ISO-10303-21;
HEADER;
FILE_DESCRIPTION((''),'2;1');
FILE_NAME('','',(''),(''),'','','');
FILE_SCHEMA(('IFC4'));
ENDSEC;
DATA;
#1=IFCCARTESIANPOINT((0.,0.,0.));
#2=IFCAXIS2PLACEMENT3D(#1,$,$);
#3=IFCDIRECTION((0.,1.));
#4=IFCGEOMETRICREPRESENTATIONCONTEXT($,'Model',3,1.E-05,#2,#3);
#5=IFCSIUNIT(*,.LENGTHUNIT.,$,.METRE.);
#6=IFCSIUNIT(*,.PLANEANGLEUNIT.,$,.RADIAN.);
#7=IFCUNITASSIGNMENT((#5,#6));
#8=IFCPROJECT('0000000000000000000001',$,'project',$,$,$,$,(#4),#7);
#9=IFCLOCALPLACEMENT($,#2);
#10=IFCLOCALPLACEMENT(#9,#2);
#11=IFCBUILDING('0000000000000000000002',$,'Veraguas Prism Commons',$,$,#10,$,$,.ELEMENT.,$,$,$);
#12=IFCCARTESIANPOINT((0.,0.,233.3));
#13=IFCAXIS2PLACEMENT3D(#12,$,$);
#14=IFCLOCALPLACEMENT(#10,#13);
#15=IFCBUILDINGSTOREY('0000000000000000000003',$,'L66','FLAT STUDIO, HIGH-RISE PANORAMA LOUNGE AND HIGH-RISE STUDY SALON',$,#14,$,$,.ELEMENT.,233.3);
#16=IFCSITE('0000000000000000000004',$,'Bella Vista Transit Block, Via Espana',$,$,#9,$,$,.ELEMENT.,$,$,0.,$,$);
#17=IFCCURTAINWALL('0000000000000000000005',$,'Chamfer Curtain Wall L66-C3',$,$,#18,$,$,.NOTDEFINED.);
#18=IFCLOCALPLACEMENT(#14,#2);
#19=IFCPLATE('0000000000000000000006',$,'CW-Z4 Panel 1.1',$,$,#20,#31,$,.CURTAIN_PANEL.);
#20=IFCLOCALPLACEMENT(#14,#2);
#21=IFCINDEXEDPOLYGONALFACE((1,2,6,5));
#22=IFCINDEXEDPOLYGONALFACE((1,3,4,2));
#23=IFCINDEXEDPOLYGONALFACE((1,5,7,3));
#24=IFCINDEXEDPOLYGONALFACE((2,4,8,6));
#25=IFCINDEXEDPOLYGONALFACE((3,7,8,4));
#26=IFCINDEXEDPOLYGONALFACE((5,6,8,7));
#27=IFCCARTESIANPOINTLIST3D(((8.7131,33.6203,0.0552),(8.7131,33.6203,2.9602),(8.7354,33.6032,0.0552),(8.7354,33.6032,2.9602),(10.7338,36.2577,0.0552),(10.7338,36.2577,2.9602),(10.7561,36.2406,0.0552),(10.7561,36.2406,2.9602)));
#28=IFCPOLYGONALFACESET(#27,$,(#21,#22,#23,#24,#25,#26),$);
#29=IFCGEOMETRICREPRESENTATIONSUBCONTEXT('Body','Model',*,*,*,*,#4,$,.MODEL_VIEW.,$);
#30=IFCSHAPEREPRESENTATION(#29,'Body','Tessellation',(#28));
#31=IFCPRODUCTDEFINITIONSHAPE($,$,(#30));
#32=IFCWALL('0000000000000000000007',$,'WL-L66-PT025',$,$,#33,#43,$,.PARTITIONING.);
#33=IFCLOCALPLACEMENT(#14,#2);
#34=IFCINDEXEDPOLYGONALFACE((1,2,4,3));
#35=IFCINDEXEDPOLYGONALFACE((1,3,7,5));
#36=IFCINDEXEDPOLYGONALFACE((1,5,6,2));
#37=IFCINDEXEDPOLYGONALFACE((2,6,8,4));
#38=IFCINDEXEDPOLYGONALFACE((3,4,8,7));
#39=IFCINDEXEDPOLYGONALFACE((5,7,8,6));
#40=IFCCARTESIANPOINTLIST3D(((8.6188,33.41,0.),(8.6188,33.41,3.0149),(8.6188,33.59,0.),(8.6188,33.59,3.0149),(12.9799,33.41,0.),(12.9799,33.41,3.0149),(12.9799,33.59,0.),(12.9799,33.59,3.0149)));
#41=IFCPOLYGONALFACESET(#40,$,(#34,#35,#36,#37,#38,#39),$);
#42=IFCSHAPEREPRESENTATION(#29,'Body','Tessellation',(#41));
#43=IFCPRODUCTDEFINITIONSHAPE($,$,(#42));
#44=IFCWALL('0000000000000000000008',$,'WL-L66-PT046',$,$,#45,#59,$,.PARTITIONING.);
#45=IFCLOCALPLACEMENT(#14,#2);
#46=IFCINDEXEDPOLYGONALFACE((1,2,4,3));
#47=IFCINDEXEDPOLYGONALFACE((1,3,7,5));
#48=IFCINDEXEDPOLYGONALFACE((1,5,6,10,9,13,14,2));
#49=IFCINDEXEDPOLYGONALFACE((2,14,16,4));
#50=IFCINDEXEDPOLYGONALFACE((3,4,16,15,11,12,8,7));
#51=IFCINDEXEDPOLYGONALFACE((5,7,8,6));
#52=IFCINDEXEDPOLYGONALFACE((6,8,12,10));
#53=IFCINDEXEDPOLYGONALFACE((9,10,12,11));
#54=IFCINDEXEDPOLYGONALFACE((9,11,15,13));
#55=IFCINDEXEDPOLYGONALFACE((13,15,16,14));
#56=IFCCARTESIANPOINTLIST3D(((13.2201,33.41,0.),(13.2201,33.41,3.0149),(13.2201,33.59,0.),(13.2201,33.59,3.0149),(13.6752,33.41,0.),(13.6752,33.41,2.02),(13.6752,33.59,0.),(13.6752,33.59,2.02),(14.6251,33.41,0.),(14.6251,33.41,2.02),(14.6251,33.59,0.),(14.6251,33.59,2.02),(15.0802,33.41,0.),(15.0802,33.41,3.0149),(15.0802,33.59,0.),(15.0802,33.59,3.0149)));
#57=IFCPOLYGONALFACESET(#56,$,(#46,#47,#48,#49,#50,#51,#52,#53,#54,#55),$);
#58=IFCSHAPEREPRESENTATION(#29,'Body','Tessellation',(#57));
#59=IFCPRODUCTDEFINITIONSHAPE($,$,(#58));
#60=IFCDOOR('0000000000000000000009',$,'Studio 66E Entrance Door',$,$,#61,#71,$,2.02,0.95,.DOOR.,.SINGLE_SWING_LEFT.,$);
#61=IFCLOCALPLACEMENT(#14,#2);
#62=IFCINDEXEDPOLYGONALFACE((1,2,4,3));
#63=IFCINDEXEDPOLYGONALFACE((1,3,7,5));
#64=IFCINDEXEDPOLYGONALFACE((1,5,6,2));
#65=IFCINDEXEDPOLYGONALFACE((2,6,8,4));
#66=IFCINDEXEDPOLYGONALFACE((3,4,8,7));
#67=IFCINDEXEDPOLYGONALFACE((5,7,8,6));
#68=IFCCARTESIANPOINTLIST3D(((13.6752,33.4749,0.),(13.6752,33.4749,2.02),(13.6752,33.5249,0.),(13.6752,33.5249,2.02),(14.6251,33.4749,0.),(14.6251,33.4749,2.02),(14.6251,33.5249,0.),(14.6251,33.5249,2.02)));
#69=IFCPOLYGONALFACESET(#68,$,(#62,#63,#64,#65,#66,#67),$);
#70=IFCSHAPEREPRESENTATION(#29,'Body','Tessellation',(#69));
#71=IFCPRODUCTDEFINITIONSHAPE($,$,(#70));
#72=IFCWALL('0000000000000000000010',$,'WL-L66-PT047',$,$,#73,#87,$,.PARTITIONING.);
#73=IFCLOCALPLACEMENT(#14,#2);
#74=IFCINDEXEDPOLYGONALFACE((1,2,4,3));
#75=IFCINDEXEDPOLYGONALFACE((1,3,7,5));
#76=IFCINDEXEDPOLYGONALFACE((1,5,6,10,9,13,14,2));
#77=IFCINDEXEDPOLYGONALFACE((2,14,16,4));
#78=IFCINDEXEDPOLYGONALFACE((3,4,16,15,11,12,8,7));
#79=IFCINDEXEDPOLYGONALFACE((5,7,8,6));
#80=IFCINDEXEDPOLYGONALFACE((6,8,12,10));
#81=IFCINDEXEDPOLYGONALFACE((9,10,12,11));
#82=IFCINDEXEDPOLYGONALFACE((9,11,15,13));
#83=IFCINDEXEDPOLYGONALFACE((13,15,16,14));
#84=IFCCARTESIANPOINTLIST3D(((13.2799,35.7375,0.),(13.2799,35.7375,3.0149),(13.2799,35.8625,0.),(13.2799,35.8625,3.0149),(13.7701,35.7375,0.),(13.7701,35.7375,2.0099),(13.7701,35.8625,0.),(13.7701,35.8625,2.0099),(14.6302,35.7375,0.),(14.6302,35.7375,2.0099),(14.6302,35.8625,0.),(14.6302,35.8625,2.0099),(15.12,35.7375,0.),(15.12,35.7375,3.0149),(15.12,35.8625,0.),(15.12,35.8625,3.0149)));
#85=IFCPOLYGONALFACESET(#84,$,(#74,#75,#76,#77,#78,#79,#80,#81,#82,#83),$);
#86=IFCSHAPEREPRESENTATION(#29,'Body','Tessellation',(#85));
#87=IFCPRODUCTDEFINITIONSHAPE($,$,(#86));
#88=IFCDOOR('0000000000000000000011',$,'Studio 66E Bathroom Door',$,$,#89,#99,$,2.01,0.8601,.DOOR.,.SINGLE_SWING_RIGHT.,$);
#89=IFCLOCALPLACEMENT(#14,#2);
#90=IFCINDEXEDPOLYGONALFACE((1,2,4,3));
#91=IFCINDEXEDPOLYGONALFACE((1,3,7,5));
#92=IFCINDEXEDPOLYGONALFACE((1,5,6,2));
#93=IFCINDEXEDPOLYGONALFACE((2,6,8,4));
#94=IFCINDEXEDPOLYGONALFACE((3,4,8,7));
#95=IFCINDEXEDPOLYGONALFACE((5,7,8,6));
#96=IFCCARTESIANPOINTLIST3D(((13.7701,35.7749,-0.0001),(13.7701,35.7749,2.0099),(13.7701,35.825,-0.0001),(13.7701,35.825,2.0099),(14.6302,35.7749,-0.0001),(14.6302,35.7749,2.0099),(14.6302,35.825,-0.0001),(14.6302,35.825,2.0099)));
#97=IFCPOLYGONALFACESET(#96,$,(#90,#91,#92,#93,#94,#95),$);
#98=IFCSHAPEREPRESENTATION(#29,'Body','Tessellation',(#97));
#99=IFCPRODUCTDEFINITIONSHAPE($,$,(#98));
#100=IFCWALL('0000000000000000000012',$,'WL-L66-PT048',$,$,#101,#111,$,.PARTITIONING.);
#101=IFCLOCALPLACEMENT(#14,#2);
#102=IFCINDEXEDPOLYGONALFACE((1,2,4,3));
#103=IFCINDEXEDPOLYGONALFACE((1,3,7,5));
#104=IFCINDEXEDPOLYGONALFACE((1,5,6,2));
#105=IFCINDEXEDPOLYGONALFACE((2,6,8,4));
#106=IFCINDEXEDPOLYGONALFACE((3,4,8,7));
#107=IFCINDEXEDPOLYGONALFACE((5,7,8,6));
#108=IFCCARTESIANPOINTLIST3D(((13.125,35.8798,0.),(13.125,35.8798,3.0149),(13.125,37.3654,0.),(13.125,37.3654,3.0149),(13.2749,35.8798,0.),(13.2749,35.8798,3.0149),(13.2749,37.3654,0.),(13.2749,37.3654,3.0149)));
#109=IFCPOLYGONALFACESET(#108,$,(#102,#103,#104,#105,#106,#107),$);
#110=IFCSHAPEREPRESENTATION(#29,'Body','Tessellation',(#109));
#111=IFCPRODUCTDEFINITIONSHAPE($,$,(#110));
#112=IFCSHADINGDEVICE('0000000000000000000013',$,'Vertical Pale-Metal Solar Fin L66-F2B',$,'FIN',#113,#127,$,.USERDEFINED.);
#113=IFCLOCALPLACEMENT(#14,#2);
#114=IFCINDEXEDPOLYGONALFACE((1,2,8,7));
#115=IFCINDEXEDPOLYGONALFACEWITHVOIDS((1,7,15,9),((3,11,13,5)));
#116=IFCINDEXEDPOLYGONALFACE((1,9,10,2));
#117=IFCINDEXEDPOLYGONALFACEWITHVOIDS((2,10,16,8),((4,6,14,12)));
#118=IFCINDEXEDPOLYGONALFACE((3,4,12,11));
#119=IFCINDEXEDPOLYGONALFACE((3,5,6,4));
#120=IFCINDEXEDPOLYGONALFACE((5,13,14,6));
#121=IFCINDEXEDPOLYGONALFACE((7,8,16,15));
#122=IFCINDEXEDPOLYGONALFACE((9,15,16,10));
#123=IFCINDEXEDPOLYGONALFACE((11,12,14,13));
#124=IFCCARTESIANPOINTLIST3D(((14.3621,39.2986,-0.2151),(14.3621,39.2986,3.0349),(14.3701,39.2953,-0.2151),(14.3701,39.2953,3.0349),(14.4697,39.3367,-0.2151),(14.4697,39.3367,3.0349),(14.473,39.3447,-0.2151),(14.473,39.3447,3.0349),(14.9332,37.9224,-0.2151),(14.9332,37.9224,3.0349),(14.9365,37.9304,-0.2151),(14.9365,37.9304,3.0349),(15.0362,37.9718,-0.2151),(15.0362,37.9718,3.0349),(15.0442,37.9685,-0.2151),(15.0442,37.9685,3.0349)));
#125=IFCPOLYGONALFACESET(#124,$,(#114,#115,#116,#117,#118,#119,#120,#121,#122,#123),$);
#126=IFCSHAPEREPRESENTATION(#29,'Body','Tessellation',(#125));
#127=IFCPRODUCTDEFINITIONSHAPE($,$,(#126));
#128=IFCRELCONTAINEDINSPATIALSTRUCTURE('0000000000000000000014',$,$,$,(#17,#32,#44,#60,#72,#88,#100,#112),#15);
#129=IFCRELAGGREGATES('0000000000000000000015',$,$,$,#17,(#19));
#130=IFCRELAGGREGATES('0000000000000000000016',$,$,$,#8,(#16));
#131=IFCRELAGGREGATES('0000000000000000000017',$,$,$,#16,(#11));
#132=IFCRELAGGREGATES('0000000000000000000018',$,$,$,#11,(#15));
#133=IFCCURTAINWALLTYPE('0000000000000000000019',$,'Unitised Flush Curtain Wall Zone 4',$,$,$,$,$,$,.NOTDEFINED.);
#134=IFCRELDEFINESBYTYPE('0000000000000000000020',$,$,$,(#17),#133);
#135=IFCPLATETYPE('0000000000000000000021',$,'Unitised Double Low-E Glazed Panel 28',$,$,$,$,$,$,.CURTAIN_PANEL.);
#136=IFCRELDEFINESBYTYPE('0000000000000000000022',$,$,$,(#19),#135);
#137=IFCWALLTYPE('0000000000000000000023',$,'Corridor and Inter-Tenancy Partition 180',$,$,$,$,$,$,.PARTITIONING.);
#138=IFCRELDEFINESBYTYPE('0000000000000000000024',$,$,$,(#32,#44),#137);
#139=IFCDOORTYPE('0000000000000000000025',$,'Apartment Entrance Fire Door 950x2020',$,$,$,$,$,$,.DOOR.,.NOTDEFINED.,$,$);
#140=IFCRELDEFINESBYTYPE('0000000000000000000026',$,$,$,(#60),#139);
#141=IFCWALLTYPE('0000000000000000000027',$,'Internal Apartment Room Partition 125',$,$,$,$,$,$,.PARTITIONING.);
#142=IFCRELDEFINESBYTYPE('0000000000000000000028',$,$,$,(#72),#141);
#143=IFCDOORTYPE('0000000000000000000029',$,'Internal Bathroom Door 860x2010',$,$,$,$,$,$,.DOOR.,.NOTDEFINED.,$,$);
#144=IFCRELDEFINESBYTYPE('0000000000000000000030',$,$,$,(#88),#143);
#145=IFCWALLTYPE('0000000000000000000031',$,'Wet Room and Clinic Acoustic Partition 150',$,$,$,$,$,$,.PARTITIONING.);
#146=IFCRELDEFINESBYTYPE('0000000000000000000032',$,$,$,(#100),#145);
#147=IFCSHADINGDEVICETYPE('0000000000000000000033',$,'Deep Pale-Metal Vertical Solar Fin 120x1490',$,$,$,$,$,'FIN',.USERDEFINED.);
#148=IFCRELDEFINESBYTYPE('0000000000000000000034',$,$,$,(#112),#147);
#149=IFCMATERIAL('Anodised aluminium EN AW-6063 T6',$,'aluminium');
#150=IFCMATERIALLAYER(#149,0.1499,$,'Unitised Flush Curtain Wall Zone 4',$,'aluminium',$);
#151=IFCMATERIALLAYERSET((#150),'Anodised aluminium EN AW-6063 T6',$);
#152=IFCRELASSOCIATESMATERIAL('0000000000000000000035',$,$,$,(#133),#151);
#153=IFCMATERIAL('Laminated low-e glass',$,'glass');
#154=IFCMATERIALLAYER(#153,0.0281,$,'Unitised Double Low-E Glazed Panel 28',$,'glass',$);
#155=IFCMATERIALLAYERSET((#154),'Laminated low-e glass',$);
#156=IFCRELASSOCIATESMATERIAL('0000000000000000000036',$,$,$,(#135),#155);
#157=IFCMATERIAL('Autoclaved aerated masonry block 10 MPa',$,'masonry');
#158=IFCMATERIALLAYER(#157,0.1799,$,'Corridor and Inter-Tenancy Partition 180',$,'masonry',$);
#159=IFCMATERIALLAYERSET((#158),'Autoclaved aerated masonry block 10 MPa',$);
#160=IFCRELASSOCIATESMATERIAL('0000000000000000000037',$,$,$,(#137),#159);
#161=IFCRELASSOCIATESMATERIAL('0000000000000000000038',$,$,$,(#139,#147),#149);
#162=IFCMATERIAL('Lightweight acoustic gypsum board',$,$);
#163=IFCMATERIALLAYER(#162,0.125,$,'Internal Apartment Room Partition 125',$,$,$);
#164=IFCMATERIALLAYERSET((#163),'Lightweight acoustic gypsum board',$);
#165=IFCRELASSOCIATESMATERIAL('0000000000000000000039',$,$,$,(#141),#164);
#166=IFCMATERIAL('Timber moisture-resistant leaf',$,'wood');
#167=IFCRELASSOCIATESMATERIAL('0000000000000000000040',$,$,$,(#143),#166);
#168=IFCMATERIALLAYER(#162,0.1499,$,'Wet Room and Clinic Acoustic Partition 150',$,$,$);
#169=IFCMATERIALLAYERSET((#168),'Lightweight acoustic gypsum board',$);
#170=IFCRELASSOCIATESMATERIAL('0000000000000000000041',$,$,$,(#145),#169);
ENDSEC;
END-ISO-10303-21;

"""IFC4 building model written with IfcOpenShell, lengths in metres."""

from ifc_helpers import new_model, si_unit, direction, frame, frame_2d, origin, origin_2d, place, context, subcontext, project, spatial, rectangle, hollow_rectangle, extrude, source, transform, mapped, material, layer, layer_set, material_profile, profile_set, type_object, element, fill, aggregate, save


model = new_model("IFC4")

# Units and contexts
model_context = context("Model", 3, precision=1e-05, world=origin(), true_north=direction((0.0, 1.0)))
body_context = subcontext(model_context, "Body", "Model", "MODEL_VIEW")
ifc_project = project(units=[si_unit("LENGTHUNIT", "METRE"), si_unit("PLANEANGLEUNIT", "RADIAN")], contexts=[model_context])

# Site, building, storey
site_placement = place(None, origin())
site = spatial("IfcSite", under=ifc_project, at=site_placement, Name="Bella Vista Transit Block, Via Espana", CompositionType="ELEMENT", RefElevation=0.0)
building_placement = place(site_placement, origin())
building = spatial("IfcBuilding", under=site, at=building_placement, Name="Veraguas Prism Commons", CompositionType="ELEMENT")
storey_placement = place(building_placement, frame((0.0, 0.0, 233.3)))
storey = spatial("IfcBuildingStorey", under=building, at=storey_placement, Name="L66", Description="FLAT STUDIO, HIGH-RISE PANORAMA LOUNGE AND HIGH-RISE STUDY SALON", CompositionType="ELEMENT", Elevation=233.3)

# Shared definitions
ifc_material_1 = material(Name="Anodised aluminium EN AW-6063 T6", Category="aluminium")
ifc_layer_1 = layer(ifc_material_1, 0.1499, Name="Unitised Flush Curtain Wall Zone 4", Category="aluminium")
ifc_layer_set_1 = layer_set([ifc_layer_1], Name="Anodised aluminium EN AW-6063 T6")
curtain_wall_type = type_object("IfcCurtainWallType", Name="Unitised Flush Curtain Wall Zone 4", PredefinedType="NOTDEFINED", material=ifc_layer_set_1)

# Curtain wall
curtain_wall_1_placement = place(storey_placement, origin())
curtain_wall_1 = element("IfcCurtainWall", 1, at=curtain_wall_1_placement, inside=storey, type_object=curtain_wall_type, Name="Chamfer Curtain Wall L66-C3", PredefinedType="NOTDEFINED")

# Plate
ifc_material_2 = material(Name="Laminated low-e glass", Category="glass")
ifc_layer_2 = layer(ifc_material_2, 0.0281, Name="Unitised Double Low-E Glazed Panel 28", Category="glass")
ifc_layer_set_2 = layer_set([ifc_layer_2], Name="Laminated low-e glass")
plate_type = type_object("IfcPlateType", Name="Unitised Double Low-E Glazed Panel 28", PredefinedType="CURTAIN_PANEL", material=ifc_layer_set_2)
shared_shape_1 = source(origin(), body_context, "Body", "SweptSolid", [
    extrude(rectangle(XDim=3.3225, YDim=0.0281, at=origin_2d()), origin(), (0.0, 0.0, 1.0), 2.905),
])
plate_1_placement = place(storey_placement, frame((9.7346, 34.9304, 0.0552), z_axis=(0.0, 0.0, 1.0), x_axis=(-0.608181, -0.793798, 0.0)))
plate_1 = element("IfcPlate", 2, at=plate_1_placement, type_object=plate_type, Name="CW-Z4 Panel 1.1", PredefinedType="CURTAIN_PANEL", context=body_context, shape_type="MappedRepresentation", body=[
    mapped(shared_shape_1, transform((0.0, 0.0, 0.0), scale=1.0)),
])
aggregate(curtain_wall_1, [plate_1])

# Wall
ifc_material_3 = material(Name="Autoclaved aerated masonry block 10 MPa", Category="masonry")
ifc_layer_3 = layer(ifc_material_3, 0.1799, Name="Corridor and Inter-Tenancy Partition 180", Category="masonry")
ifc_layer_set_3 = layer_set([ifc_layer_3], Name="Autoclaved aerated masonry block 10 MPa")
wall_type_1 = type_object("IfcWallType", Name="Corridor and Inter-Tenancy Partition 180", PredefinedType="PARTITIONING", material=ifc_layer_set_3)
wall_1_placement = place(storey_placement, frame((12.98, 33.5, 0.0), z_axis=(0.0, 0.0, 1.0), x_axis=(-1.0, 0.0, 0.0)))
element("IfcWall", 3, at=wall_1_placement, inside=storey, type_object=wall_type_1, Name="WL-L66-PT025", PredefinedType="PARTITIONING", context=body_context, shape_type="SweptSolid", body=[
    extrude(rectangle(XDim=4.3611, YDim=0.1799, at=frame_2d((2.1807, 0.0))), origin(), (0.0, 0.0, 1.0), 3.0149),
])

# Walls, openings, doors
wall_2_placement = place(storey_placement, frame((13.22, 33.5, 0.0), z_axis=(0.0, 0.0, 1.0), x_axis=(1.0, 0.0, 0.0)))
wall_2 = element("IfcWall", 4, at=wall_2_placement, inside=storey, type_object=wall_type_1, Name="WL-L66-PT046", PredefinedType="PARTITIONING", context=body_context, shape_type="SweptSolid", body=[
    extrude(rectangle(XDim=1.8601, YDim=0.1799, at=frame_2d((0.9302, 0.0))), origin(), (0.0, 0.0, 1.0), 3.0149),
])
opening_1_placement = place(wall_2_placement, frame((0.4551, 0.0, 0.0)))
opening_1 = element("IfcOpeningElement", 5, at=opening_1_placement, cuts=wall_2, PredefinedType="OPENING", context=body_context, shape_type="SweptSolid", body=[
    extrude(rectangle(XDim=0.95, YDim=2.02, at=frame_2d((0.4751, 1.01))), frame((0.0, 0.0999, 0.0), z_axis=(0.0, -1.0, 0.0), x_axis=(1.0, 0.0, 0.0)), (0.0, 0.0, 1.0), 0.2),
])
door_type_1 = type_object("IfcDoorType", Name="Apartment Entrance Fire Door 950x2020", OperationType="NOTDEFINED", PredefinedType="DOOR", material=ifc_material_1)
shared_shape_2 = source(origin(), body_context, "Body", "SweptSolid", [
    extrude(rectangle(XDim=0.95, YDim=2.02, at=frame_2d((0.4751, 1.01))), frame((0.0, 0.0249, 0.0), z_axis=(0.0, -1.0, 0.0), x_axis=(1.0, 0.0, 0.0)), (0.0, 0.0, 1.0), 0.05),
])
door_1_placement = place(opening_1_placement, origin())
door_1 = element("IfcDoor", 6, at=door_1_placement, inside=storey, type_object=door_type_1, Name="Studio 66E Entrance Door", OperationType="SINGLE_SWING_LEFT", OverallHeight=2.02, OverallWidth=0.95, PredefinedType="DOOR", context=body_context, shape_type="MappedRepresentation", body=[
    mapped(shared_shape_2, transform((0.0, 0.0, 0.0), scale=1.0)),
])
fill(opening_1, door_1)
ifc_material_4 = material(Name="Lightweight acoustic gypsum board")
ifc_layer_4 = layer(ifc_material_4, 0.125, Name="Internal Apartment Room Partition 125")
ifc_layer_set_4 = layer_set([ifc_layer_4], Name="Lightweight acoustic gypsum board")
wall_type_2 = type_object("IfcWallType", Name="Internal Apartment Room Partition 125", PredefinedType="PARTITIONING", material=ifc_layer_set_4)
wall_3_placement = place(storey_placement, frame((13.28, 35.8, 0.0), z_axis=(0.0, 0.0, 1.0), x_axis=(1.0, 0.0, 0.0)))
wall_3 = element("IfcWall", 7, at=wall_3_placement, inside=storey, type_object=wall_type_2, Name="WL-L66-PT047", PredefinedType="PARTITIONING", context=body_context, shape_type="SweptSolid", body=[
    extrude(rectangle(XDim=1.8401, YDim=0.125, at=frame_2d((0.9199, 0.0))), origin(), (0.0, 0.0, 1.0), 3.0149),
])
opening_2_placement = place(wall_3_placement, frame((0.49, 0.0, 0.0)))
opening_2 = element("IfcOpeningElement", 8, at=opening_2_placement, cuts=wall_3, PredefinedType="OPENING", context=body_context, shape_type="SweptSolid", body=[
    extrude(rectangle(XDim=0.8601, YDim=2.01, at=frame_2d((0.4302, 1.0049))), frame((0.0, 0.0725, 0.0), z_axis=(0.0, -1.0, 0.0), x_axis=(1.0, 0.0, 0.0)), (0.0, 0.0, 1.0), 0.145),
])
ifc_material_5 = material(Name="Timber moisture-resistant leaf", Category="wood")
door_type_2 = type_object("IfcDoorType", Name="Internal Bathroom Door 860x2010", OperationType="NOTDEFINED", PredefinedType="DOOR", material=ifc_material_5)
shared_shape_3 = source(origin(), body_context, "Body", "SweptSolid", [
    extrude(rectangle(XDim=0.8601, YDim=2.01, at=frame_2d((0.4302, 1.0049))), frame((0.0, 0.0249, 0.0), z_axis=(0.0, -1.0, 0.0), x_axis=(1.0, 0.0, 0.0)), (0.0, 0.0, 1.0), 0.05),
])
door_2_placement = place(opening_2_placement, origin())
door_2 = element("IfcDoor", 9, at=door_2_placement, inside=storey, type_object=door_type_2, Name="Studio 66E Bathroom Door", OperationType="SINGLE_SWING_RIGHT", OverallHeight=2.01, OverallWidth=0.8601, PredefinedType="DOOR", context=body_context, shape_type="MappedRepresentation", body=[
    mapped(shared_shape_3, transform((0.0, 0.0, 0.0), scale=1.0)),
])
fill(opening_2, door_2)

# Wall
ifc_layer_5 = layer(ifc_material_4, 0.1499, Name="Wet Room and Clinic Acoustic Partition 150")
ifc_layer_set_5 = layer_set([ifc_layer_5], Name="Lightweight acoustic gypsum board")
wall_type_3 = type_object("IfcWallType", Name="Wet Room and Clinic Acoustic Partition 150", PredefinedType="PARTITIONING", material=ifc_layer_set_5)
wall_4_placement = place(storey_placement, frame((13.2, 35.8799, 0.0), z_axis=(0.0, 0.0, 1.0), x_axis=(0.0, 1.0, 0.0)))
element("IfcWall", 10, at=wall_4_placement, inside=storey, type_object=wall_type_3, Name="WL-L66-PT048", PredefinedType="PARTITIONING", context=body_context, shape_type="SweptSolid", body=[
    extrude(rectangle(XDim=1.4856, YDim=0.1499, at=frame_2d((0.7427, 0.0))), origin(), (0.0, 0.0, 1.0), 3.0149),
])

# Shading device
ifc_material_profile_1 = material_profile(ifc_material_1, hollow_rectangle(XDim=0.1201, YDim=1.49, WallThickness=0.0061, at=origin_2d()), Name="FIN120X1490X6")
ifc_profile_set_1 = profile_set([ifc_material_profile_1], Name="Anodised aluminium EN AW-6063 T6")
shading_device_type = type_object("IfcShadingDeviceType", Name="Deep Pale-Metal Vertical Solar Fin 120x1490", ElementType="FIN", PredefinedType="USERDEFINED", material=ifc_profile_set_1)
shading_device_placement = place(storey_placement, frame((14.7031, 38.6335, -0.2151), z_axis=(0.0, 0.0, 1.0), x_axis=(-0.923614, -0.383323, 0.0)))
element("IfcShadingDevice", 11, at=shading_device_placement, inside=storey, type_object=shading_device_type, Name="Vertical Pale-Metal Solar Fin L66-F2B", ObjectType="FIN", PredefinedType="USERDEFINED", context=body_context, shape_type="SweptSolid", body=[
    extrude(hollow_rectangle(XDim=0.1201, YDim=1.49, WallThickness=0.0061, at=origin_2d()), origin(), (0.0, 0.0, 1.0), 3.25),
])

save(model, "model.ifc")
